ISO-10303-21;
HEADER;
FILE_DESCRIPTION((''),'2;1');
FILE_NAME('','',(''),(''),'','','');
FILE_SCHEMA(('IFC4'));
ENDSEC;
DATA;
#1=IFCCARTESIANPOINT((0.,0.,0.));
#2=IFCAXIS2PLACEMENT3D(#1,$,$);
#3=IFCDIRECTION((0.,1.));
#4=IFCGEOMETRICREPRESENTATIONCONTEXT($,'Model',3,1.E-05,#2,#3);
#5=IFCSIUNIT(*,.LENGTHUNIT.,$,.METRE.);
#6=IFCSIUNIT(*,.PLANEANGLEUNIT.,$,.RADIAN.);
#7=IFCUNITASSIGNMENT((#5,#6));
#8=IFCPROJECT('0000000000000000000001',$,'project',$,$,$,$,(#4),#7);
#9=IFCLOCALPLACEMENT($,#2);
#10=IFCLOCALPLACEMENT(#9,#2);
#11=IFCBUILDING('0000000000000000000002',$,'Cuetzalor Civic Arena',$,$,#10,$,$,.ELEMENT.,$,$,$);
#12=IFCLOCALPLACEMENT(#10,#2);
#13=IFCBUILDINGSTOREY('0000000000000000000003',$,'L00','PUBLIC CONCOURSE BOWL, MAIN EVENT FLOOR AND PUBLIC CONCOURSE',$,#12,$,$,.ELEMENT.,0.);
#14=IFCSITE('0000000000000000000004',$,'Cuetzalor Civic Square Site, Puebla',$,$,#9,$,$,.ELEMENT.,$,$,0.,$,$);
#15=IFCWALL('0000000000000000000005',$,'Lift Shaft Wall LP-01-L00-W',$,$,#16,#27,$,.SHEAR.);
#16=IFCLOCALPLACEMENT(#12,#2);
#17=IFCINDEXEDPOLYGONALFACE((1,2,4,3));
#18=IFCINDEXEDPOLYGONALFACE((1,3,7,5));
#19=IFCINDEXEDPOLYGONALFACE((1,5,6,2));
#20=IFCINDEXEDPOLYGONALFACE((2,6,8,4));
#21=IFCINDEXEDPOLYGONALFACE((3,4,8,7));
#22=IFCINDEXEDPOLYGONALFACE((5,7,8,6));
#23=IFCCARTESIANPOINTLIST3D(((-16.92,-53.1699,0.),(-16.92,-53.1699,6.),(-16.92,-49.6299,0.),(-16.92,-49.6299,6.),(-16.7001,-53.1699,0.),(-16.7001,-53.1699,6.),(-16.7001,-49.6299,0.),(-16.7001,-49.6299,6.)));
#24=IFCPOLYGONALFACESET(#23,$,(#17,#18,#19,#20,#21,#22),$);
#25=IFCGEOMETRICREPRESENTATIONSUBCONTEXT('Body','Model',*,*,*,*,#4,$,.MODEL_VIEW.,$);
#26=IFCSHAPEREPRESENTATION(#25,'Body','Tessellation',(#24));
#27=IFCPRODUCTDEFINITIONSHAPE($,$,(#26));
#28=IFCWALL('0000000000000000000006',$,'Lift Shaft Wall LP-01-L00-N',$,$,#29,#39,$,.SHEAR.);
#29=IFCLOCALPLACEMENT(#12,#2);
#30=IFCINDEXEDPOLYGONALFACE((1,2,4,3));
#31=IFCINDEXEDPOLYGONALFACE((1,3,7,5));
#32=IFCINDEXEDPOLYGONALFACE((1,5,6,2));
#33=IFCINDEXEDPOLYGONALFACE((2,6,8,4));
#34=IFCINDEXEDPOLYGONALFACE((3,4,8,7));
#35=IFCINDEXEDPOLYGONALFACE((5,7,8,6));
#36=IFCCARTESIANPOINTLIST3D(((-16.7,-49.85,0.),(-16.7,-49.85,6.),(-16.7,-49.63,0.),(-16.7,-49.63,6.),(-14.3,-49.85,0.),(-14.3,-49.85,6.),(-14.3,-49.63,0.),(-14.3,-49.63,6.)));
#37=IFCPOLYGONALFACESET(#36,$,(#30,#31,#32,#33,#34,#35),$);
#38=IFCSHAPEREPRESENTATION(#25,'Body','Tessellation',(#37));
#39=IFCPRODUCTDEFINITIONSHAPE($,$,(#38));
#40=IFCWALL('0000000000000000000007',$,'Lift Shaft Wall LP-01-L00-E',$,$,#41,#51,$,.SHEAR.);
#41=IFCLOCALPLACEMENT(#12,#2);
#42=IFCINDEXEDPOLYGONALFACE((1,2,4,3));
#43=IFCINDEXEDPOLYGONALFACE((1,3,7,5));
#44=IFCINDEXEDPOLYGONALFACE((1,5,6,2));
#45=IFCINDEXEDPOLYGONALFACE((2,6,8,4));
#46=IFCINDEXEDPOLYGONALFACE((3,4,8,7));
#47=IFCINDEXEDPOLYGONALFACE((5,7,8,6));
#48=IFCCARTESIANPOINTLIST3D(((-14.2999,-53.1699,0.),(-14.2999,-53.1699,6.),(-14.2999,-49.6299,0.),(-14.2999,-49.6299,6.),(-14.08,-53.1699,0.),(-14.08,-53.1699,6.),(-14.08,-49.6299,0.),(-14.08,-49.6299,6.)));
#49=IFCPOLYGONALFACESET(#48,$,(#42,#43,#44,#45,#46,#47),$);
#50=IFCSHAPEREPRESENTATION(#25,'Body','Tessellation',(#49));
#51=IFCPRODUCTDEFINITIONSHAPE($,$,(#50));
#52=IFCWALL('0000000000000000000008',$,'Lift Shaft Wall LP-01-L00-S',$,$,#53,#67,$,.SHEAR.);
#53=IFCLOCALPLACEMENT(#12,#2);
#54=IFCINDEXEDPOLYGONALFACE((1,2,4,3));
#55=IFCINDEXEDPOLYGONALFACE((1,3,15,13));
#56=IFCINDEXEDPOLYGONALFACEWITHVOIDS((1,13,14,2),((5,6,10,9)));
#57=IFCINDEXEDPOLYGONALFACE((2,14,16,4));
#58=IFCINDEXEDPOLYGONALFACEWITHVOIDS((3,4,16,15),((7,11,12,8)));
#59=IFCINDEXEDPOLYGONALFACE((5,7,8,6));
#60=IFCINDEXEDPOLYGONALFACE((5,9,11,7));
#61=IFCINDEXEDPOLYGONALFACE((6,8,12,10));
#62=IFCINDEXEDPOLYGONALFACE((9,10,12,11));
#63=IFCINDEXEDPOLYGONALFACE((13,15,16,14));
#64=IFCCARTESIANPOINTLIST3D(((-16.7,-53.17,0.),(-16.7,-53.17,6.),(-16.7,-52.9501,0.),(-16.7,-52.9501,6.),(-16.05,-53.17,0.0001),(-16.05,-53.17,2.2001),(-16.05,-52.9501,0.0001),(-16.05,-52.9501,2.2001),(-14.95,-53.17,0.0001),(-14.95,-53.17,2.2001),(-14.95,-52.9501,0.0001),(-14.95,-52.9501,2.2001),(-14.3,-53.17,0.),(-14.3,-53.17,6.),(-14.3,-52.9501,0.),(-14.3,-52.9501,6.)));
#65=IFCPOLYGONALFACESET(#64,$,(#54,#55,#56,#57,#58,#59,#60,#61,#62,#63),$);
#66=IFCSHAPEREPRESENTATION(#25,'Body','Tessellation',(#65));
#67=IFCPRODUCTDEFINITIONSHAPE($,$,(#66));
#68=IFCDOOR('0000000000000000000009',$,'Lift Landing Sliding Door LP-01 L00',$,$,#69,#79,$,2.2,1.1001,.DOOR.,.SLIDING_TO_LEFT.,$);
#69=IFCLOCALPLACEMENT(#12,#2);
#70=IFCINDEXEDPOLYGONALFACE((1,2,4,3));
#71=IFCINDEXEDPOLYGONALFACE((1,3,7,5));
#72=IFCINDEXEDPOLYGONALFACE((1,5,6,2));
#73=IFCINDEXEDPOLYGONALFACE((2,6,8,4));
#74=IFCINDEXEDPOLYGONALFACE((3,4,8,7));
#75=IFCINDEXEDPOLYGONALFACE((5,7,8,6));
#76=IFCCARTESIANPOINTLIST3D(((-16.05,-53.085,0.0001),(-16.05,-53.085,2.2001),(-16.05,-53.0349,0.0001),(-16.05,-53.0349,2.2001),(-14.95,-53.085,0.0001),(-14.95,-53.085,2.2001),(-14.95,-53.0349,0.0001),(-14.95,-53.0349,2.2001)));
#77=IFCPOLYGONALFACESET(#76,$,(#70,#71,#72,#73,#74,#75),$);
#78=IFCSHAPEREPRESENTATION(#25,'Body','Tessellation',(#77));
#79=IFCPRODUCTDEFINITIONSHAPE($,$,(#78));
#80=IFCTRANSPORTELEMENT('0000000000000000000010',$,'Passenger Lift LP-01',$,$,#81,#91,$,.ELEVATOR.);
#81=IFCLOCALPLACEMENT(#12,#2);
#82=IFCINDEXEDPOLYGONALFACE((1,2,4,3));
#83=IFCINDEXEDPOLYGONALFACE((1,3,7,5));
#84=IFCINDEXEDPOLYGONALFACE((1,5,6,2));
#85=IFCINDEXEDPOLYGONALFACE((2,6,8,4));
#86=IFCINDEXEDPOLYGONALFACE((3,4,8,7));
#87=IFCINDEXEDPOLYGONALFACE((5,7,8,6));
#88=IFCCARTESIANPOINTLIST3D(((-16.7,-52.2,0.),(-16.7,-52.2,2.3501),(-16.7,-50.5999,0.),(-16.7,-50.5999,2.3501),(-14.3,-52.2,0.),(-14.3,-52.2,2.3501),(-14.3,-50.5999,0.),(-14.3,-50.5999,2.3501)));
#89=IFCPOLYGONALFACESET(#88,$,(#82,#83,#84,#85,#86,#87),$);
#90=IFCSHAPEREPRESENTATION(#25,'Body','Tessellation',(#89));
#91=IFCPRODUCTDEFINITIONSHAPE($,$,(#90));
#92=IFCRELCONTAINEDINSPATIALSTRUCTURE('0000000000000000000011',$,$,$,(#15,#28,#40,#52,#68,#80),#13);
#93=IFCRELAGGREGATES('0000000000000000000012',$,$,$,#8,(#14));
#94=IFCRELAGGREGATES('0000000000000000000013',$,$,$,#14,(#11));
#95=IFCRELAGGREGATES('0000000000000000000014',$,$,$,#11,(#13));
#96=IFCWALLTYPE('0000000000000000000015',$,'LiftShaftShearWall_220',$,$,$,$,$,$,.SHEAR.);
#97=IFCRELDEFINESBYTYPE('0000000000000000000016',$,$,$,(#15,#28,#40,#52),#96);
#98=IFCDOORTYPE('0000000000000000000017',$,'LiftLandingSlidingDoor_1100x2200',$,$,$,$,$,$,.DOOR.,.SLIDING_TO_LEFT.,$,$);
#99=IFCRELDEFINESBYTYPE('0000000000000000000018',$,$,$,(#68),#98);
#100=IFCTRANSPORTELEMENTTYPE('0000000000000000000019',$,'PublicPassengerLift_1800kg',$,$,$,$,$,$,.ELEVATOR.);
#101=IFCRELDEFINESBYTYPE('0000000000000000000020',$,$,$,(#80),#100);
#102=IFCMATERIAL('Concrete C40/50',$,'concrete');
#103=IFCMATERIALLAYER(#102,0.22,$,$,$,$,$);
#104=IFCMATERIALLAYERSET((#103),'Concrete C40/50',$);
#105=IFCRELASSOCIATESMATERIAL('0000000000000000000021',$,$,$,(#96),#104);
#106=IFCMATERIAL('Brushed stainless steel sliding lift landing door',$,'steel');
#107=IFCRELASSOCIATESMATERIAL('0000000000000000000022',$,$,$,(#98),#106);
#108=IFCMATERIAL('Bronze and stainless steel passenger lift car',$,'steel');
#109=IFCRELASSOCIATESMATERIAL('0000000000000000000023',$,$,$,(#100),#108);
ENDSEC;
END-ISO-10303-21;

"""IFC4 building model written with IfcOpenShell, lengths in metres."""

from ifc_helpers import new_model, si_unit, direction, frame, frame_2d, origin, origin_2d, place, context, subcontext, project, spatial, rectangle, extrude, material, layer, layer_set, type_object, element, fill, save


model = new_model("IFC4")

# Units and contexts
model_context = context("Model", 3, precision=1e-05, world=origin(), true_north=direction((0.0, 1.0)))
body_context = subcontext(model_context, "Body", "Model", "MODEL_VIEW")
ifc_project = project(units=[si_unit("LENGTHUNIT", "METRE"), si_unit("PLANEANGLEUNIT", "RADIAN")], contexts=[model_context])

# Site, building, storey
site_placement = place(None, origin())
site = spatial("IfcSite", under=ifc_project, at=site_placement, Name="Cuetzalor Civic Square Site, Puebla", CompositionType="ELEMENT", RefElevation=0.0)
building_placement = place(site_placement, origin())
building = spatial("IfcBuilding", under=site, at=building_placement, Name="Cuetzalor Civic Arena", CompositionType="ELEMENT")
storey_placement = place(building_placement, origin())
storey = spatial("IfcBuildingStorey", under=building, at=storey_placement, Name="L00", Description="PUBLIC CONCOURSE BOWL, MAIN EVENT FLOOR AND PUBLIC CONCOURSE", CompositionType="ELEMENT", Elevation=0.0)

# Walls
ifc_material_1 = material(Name="Concrete C40/50", Category="concrete")
ifc_layer_1 = layer(ifc_material_1, 0.22)
ifc_layer_set_1 = layer_set([ifc_layer_1], Name="Concrete C40/50")
wall_type = type_object("IfcWallType", Name="LiftShaftShearWall_220", PredefinedType="SHEAR", material=ifc_layer_set_1)
wall_1_placement = place(storey_placement, frame((-16.8101, -53.1699, 0.0), z_axis=(0.0, 0.0, 1.0), x_axis=(0.0, 1.0, 0.0)))
element("IfcWall", 1, at=wall_1_placement, inside=storey, type_object=wall_type, Name="Lift Shaft Wall LP-01-L00-W", PredefinedType="SHEAR", context=body_context, shape_type="SweptSolid", body=[
    extrude(rectangle(XDim=3.54, YDim=0.22, at=frame_2d((1.77, 0.0))), origin(), (0.0, 0.0, 1.0), 6.0),
])
wall_2_placement = place(storey_placement, frame((-16.7, -49.74, 0.0), z_axis=(0.0, 0.0, 1.0), x_axis=(1.0, 0.0, 0.0)))
element("IfcWall", 2, at=wall_2_placement, inside=storey, type_object=wall_type, Name="Lift Shaft Wall LP-01-L00-N", PredefinedType="SHEAR", context=body_context, shape_type="SweptSolid", body=[
    extrude(rectangle(XDim=2.3999, YDim=0.22, at=frame_2d((1.2, 0.0))), origin(), (0.0, 0.0, 1.0), 6.0),
])
wall_3_placement = place(storey_placement, frame((-14.1899, -49.6299, 0.0), z_axis=(0.0, 0.0, 1.0), x_axis=(0.0, -1.0, 0.0)))
element("IfcWall", 3, at=wall_3_placement, inside=storey, type_object=wall_type, Name="Lift Shaft Wall LP-01-L00-E", PredefinedType="SHEAR", context=body_context, shape_type="SweptSolid", body=[
    extrude(rectangle(XDim=3.54, YDim=0.22, at=frame_2d((1.77, 0.0))), origin(), (0.0, 0.0, 1.0), 6.0),
])

# Wall, opening, door
wall_4_placement = place(storey_placement, frame((-14.3, -53.0601, 0.0), z_axis=(0.0, 0.0, 1.0), x_axis=(-1.0, 0.0, 0.0)))
wall_4 = element("IfcWall", 4, at=wall_4_placement, inside=storey, type_object=wall_type, Name="Lift Shaft Wall LP-01-L00-S", PredefinedType="SHEAR", context=body_context, shape_type="SweptSolid", body=[
    extrude(rectangle(XDim=2.3999, YDim=0.22, at=frame_2d((1.2, 0.0))), origin(), (0.0, 0.0, 1.0), 6.0),
])
opening_placement = place(wall_4_placement, frame((0.6499, 0.0, 0.0)))
opening = element("IfcOpeningElement", 5, at=opening_placement, cuts=wall_4, PredefinedType="OPENING", context=body_context, shape_type="SweptSolid", body=[
    extrude(rectangle(XDim=1.1001, YDim=2.2, at=frame_2d((0.55, 1.1001))), frame((0.0, 0.1201, 0.0), z_axis=(0.0, -1.0, 0.0), x_axis=(1.0, 0.0, 0.0)), (0.0, 0.0, 1.0), 0.24),
])
ifc_material_2 = material(Name="Brushed stainless steel sliding lift landing door", Category="steel")
door_type = type_object("IfcDoorType", Name="LiftLandingSlidingDoor_1100x2200", OperationType="SLIDING_TO_LEFT", PredefinedType="DOOR", material=ifc_material_2)
door_placement = place(opening_placement, origin())
door = element("IfcDoor", 6, at=door_placement, inside=storey, type_object=door_type, Name="Lift Landing Sliding Door LP-01 L00", OperationType="SLIDING_TO_LEFT", OverallHeight=2.2, OverallWidth=1.1001, PredefinedType="DOOR", context=body_context, shape_type="SweptSolid", body=[
    extrude(rectangle(XDim=1.1001, YDim=2.2, at=frame_2d((0.55, 1.1001))), frame((0.0, 0.0249, 0.0), z_axis=(0.0, -1.0, 0.0), x_axis=(1.0, 0.0, 0.0)), (0.0, 0.0, 1.0), 0.05),
])
fill(opening, door)

# Transport element
ifc_material_3 = material(Name="Bronze and stainless steel passenger lift car", Category="steel")
transport_element_type = type_object("IfcTransportElementType", Name="PublicPassengerLift_1800kg", PredefinedType="ELEVATOR", material=ifc_material_3)
transport_element_placement = place(storey_placement, frame((-15.5, -51.3999, 0.0), z_axis=(0.0, 0.0, 1.0), x_axis=(0.0, -1.0, 0.0)))
element("IfcTransportElement", 7, at=transport_element_placement, inside=storey, type_object=transport_element_type, Name="Passenger Lift LP-01", PredefinedType="ELEVATOR", context=body_context, shape_type="SweptSolid", body=[
    extrude(rectangle(XDim=1.6001, YDim=2.3999, at=origin_2d()), origin(), (0.0, 0.0, 1.0), 2.3501),
])

save(model, "model.ifc")
